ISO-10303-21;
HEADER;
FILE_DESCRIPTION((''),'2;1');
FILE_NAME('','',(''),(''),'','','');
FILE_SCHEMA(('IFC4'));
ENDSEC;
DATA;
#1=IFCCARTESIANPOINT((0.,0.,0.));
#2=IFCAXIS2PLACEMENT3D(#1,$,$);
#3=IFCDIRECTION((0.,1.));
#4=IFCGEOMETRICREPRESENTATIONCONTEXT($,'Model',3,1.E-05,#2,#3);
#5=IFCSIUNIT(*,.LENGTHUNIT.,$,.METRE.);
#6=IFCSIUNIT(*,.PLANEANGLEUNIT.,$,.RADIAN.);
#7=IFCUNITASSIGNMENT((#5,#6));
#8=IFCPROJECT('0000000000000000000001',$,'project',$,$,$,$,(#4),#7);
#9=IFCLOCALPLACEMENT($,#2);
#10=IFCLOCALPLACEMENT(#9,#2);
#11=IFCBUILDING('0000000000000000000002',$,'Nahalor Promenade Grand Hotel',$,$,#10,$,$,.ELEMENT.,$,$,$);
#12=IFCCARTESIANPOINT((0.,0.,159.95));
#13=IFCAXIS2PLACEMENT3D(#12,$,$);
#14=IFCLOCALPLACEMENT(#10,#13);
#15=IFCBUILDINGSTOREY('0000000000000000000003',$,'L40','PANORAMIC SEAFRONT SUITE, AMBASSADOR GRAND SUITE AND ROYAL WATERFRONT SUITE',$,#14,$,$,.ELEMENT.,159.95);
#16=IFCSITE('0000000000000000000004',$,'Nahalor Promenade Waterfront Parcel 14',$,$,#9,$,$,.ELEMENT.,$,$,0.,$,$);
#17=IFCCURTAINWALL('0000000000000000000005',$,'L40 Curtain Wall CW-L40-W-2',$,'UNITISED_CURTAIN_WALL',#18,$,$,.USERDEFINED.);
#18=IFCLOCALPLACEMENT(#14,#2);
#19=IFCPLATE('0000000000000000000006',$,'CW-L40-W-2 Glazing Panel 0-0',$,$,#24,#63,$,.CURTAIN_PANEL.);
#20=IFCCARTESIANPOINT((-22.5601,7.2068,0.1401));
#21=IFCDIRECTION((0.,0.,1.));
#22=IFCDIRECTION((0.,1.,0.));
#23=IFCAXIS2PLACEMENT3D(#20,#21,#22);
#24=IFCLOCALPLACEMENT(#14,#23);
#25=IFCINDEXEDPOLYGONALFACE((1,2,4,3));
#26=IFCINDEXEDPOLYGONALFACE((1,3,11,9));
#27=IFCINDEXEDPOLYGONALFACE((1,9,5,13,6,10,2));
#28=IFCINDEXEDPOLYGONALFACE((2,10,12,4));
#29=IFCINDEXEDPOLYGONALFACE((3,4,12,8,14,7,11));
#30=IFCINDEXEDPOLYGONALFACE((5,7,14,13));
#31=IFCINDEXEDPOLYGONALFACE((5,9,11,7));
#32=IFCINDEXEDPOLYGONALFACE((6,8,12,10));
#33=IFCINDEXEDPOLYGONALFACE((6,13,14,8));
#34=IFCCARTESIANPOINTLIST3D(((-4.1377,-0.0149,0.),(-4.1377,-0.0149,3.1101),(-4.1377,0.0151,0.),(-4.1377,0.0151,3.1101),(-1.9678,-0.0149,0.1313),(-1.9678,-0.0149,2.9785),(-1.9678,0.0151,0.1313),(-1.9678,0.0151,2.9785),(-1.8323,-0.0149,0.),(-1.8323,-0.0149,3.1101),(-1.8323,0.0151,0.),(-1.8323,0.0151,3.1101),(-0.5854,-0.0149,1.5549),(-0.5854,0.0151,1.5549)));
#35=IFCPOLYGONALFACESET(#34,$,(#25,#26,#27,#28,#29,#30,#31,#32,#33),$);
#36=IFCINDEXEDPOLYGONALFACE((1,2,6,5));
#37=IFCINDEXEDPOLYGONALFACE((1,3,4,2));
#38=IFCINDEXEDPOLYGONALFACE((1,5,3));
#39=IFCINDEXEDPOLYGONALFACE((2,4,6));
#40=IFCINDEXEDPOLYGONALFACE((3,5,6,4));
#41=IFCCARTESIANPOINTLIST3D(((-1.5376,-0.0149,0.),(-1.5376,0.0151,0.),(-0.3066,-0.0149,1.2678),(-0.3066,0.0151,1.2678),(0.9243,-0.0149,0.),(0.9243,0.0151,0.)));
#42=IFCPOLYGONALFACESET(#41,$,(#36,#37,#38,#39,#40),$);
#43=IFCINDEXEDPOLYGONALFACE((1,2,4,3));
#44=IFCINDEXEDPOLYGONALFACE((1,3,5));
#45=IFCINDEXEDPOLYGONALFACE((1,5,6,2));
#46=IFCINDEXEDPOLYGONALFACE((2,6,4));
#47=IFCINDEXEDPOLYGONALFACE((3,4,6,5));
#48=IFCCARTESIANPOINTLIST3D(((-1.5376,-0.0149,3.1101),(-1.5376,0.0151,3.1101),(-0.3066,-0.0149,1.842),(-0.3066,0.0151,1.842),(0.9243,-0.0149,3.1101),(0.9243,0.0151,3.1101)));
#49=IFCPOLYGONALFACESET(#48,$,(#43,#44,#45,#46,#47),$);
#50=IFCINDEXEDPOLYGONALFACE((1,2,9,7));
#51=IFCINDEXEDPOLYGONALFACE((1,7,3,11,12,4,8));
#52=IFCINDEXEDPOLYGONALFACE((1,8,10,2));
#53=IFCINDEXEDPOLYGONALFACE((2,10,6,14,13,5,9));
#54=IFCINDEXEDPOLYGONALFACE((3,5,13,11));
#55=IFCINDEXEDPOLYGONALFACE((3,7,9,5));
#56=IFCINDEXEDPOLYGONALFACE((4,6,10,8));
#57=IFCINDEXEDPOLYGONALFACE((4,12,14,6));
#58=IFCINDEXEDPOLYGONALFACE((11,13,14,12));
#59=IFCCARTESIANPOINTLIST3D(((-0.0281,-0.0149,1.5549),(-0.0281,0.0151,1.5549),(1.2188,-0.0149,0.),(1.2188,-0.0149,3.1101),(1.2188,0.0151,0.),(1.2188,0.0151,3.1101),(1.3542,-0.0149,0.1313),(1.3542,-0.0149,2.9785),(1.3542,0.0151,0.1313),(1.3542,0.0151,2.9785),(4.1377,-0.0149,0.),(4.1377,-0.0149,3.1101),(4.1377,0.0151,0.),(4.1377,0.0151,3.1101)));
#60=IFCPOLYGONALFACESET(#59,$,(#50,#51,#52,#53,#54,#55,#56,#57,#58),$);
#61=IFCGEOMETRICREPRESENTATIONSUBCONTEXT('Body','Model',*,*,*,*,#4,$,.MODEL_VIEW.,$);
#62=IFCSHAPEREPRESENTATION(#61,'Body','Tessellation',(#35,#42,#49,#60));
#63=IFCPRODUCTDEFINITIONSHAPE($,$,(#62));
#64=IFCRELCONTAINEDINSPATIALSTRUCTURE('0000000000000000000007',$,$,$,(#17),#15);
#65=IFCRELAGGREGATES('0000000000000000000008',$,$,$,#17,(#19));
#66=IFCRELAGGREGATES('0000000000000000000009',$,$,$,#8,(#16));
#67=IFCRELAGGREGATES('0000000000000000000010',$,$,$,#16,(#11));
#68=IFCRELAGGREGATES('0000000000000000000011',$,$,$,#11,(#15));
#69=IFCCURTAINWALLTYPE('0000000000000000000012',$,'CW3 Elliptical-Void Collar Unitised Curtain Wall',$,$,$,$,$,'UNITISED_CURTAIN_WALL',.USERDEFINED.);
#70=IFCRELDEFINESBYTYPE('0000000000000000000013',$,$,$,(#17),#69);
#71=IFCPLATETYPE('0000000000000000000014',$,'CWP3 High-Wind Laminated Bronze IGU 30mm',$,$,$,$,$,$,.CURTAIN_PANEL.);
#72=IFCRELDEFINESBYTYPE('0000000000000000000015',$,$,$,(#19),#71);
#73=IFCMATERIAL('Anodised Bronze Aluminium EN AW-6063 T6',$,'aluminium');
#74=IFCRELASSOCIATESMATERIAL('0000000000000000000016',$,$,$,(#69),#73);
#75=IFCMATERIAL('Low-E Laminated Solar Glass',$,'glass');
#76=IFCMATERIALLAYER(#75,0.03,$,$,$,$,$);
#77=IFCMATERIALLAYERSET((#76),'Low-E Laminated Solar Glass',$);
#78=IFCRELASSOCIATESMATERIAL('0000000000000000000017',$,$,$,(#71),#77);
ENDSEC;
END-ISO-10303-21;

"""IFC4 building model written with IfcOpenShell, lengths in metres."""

from ifc_helpers import new_model, si_unit, direction, frame, origin, place, context, subcontext, project, spatial, polyline, outline, extrude, material, layer, layer_set, type_object, element, aggregate, save


model = new_model("IFC4")

# Units and contexts
model_context = context("Model", 3, precision=1e-05, world=origin(), true_north=direction((0.0, 1.0)))
body_context = subcontext(model_context, "Body", "Model", "MODEL_VIEW")
ifc_project = project(units=[si_unit("LENGTHUNIT", "METRE"), si_unit("PLANEANGLEUNIT", "RADIAN")], contexts=[model_context])

# Site, building, storey
site_placement = place(None, origin())
site = spatial("IfcSite", under=ifc_project, at=site_placement, Name="Nahalor Promenade Waterfront Parcel 14", CompositionType="ELEMENT", RefElevation=0.0)
building_placement = place(site_placement, origin())
building = spatial("IfcBuilding", under=site, at=building_placement, Name="Nahalor Promenade Grand Hotel", CompositionType="ELEMENT")
storey_placement = place(building_placement, frame((0.0, 0.0, 159.95)))
storey = spatial("IfcBuildingStorey", under=building, at=storey_placement, Name="L40", Description="PANORAMIC SEAFRONT SUITE, AMBASSADOR GRAND SUITE AND ROYAL WATERFRONT SUITE", CompositionType="ELEMENT", Elevation=159.95)

# Shared definitions
ifc_material_1 = material(Name="Anodised Bronze Aluminium EN AW-6063 T6", Category="aluminium")
curtain_wall_type = type_object("IfcCurtainWallType", Name="CW3 Elliptical-Void Collar Unitised Curtain Wall", ElementType="UNITISED_CURTAIN_WALL", PredefinedType="USERDEFINED", material=ifc_material_1)

# Curtain wall
curtain_wall_1_placement = place(storey_placement, origin())
curtain_wall_1 = element("IfcCurtainWall", 1, at=curtain_wall_1_placement, inside=storey, type_object=curtain_wall_type, Name="L40 Curtain Wall CW-L40-W-2", ObjectType="UNITISED_CURTAIN_WALL", PredefinedType="USERDEFINED")

# Plate
ifc_material_2 = material(Name="Low-E Laminated Solar Glass", Category="glass")
ifc_layer_1 = layer(ifc_material_2, 0.03)
ifc_layer_set_1 = layer_set([ifc_layer_1], Name="Low-E Laminated Solar Glass")
plate_type_1 = type_object("IfcPlateType", Name="CWP3 High-Wind Laminated Bronze IGU 30mm", PredefinedType="CURTAIN_PANEL", material=ifc_layer_set_1)
plate_1_placement = place(storey_placement, frame((-22.5601, 7.2068, 0.1401), z_axis=(0.0, 0.0, 1.0), x_axis=(0.0, 1.0, 0.0)))
plate_1 = element("IfcPlate", 2, at=plate_1_placement, type_object=plate_type_1, Name="CW-L40-W-2 Glazing Panel 0-0", PredefinedType="CURTAIN_PANEL", context=body_context, shape_type="SweptSolid", body=[
    extrude(outline(polyline([(-4.1377, 3.1101), (-4.1377, 0.0), (-1.8323, 0.0), (-1.9678, 0.1313), (-0.5854, 1.5549), (-1.9678, 2.9785), (-1.8323, 3.1101), (-4.1377, 3.1101)])), frame((0.0, 0.0151, 0.0), z_axis=(0.0, -1.0, 0.0), x_axis=(1.0, 0.0, 0.0)), (0.0, 0.0, 1.0), 0.03),
    extrude(outline(polyline([(-0.3066, 1.2678), (-1.5376, 0.0), (0.9243, 0.0), (-0.3066, 1.2678)])), frame((0.0, 0.0151, 0.0), z_axis=(0.0, -1.0, 0.0), x_axis=(1.0, 0.0, 0.0)), (0.0, 0.0, 1.0), 0.03),
    extrude(outline(polyline([(-0.3066, 1.842), (0.9243, 3.1101), (-1.5376, 3.1101), (-0.3066, 1.842)])), frame((0.0, 0.0151, 0.0), z_axis=(0.0, -1.0, 0.0), x_axis=(1.0, 0.0, 0.0)), (0.0, 0.0, 1.0), 0.03),
    extrude(outline(polyline([(4.1377, 0.0), (4.1377, 3.1101), (1.2188, 3.1101), (1.3542, 2.9785), (-0.0281, 1.5549), (1.3542, 0.1313), (1.2188, 0.0), (4.1377, 0.0)])), frame((0.0, 0.0151, 0.0), z_axis=(0.0, -1.0, 0.0), x_axis=(1.0, 0.0, 0.0)), (0.0, 0.0, 1.0), 0.03),
])
aggregate(curtain_wall_1, [plate_1])

save(model, "model.ifc")
